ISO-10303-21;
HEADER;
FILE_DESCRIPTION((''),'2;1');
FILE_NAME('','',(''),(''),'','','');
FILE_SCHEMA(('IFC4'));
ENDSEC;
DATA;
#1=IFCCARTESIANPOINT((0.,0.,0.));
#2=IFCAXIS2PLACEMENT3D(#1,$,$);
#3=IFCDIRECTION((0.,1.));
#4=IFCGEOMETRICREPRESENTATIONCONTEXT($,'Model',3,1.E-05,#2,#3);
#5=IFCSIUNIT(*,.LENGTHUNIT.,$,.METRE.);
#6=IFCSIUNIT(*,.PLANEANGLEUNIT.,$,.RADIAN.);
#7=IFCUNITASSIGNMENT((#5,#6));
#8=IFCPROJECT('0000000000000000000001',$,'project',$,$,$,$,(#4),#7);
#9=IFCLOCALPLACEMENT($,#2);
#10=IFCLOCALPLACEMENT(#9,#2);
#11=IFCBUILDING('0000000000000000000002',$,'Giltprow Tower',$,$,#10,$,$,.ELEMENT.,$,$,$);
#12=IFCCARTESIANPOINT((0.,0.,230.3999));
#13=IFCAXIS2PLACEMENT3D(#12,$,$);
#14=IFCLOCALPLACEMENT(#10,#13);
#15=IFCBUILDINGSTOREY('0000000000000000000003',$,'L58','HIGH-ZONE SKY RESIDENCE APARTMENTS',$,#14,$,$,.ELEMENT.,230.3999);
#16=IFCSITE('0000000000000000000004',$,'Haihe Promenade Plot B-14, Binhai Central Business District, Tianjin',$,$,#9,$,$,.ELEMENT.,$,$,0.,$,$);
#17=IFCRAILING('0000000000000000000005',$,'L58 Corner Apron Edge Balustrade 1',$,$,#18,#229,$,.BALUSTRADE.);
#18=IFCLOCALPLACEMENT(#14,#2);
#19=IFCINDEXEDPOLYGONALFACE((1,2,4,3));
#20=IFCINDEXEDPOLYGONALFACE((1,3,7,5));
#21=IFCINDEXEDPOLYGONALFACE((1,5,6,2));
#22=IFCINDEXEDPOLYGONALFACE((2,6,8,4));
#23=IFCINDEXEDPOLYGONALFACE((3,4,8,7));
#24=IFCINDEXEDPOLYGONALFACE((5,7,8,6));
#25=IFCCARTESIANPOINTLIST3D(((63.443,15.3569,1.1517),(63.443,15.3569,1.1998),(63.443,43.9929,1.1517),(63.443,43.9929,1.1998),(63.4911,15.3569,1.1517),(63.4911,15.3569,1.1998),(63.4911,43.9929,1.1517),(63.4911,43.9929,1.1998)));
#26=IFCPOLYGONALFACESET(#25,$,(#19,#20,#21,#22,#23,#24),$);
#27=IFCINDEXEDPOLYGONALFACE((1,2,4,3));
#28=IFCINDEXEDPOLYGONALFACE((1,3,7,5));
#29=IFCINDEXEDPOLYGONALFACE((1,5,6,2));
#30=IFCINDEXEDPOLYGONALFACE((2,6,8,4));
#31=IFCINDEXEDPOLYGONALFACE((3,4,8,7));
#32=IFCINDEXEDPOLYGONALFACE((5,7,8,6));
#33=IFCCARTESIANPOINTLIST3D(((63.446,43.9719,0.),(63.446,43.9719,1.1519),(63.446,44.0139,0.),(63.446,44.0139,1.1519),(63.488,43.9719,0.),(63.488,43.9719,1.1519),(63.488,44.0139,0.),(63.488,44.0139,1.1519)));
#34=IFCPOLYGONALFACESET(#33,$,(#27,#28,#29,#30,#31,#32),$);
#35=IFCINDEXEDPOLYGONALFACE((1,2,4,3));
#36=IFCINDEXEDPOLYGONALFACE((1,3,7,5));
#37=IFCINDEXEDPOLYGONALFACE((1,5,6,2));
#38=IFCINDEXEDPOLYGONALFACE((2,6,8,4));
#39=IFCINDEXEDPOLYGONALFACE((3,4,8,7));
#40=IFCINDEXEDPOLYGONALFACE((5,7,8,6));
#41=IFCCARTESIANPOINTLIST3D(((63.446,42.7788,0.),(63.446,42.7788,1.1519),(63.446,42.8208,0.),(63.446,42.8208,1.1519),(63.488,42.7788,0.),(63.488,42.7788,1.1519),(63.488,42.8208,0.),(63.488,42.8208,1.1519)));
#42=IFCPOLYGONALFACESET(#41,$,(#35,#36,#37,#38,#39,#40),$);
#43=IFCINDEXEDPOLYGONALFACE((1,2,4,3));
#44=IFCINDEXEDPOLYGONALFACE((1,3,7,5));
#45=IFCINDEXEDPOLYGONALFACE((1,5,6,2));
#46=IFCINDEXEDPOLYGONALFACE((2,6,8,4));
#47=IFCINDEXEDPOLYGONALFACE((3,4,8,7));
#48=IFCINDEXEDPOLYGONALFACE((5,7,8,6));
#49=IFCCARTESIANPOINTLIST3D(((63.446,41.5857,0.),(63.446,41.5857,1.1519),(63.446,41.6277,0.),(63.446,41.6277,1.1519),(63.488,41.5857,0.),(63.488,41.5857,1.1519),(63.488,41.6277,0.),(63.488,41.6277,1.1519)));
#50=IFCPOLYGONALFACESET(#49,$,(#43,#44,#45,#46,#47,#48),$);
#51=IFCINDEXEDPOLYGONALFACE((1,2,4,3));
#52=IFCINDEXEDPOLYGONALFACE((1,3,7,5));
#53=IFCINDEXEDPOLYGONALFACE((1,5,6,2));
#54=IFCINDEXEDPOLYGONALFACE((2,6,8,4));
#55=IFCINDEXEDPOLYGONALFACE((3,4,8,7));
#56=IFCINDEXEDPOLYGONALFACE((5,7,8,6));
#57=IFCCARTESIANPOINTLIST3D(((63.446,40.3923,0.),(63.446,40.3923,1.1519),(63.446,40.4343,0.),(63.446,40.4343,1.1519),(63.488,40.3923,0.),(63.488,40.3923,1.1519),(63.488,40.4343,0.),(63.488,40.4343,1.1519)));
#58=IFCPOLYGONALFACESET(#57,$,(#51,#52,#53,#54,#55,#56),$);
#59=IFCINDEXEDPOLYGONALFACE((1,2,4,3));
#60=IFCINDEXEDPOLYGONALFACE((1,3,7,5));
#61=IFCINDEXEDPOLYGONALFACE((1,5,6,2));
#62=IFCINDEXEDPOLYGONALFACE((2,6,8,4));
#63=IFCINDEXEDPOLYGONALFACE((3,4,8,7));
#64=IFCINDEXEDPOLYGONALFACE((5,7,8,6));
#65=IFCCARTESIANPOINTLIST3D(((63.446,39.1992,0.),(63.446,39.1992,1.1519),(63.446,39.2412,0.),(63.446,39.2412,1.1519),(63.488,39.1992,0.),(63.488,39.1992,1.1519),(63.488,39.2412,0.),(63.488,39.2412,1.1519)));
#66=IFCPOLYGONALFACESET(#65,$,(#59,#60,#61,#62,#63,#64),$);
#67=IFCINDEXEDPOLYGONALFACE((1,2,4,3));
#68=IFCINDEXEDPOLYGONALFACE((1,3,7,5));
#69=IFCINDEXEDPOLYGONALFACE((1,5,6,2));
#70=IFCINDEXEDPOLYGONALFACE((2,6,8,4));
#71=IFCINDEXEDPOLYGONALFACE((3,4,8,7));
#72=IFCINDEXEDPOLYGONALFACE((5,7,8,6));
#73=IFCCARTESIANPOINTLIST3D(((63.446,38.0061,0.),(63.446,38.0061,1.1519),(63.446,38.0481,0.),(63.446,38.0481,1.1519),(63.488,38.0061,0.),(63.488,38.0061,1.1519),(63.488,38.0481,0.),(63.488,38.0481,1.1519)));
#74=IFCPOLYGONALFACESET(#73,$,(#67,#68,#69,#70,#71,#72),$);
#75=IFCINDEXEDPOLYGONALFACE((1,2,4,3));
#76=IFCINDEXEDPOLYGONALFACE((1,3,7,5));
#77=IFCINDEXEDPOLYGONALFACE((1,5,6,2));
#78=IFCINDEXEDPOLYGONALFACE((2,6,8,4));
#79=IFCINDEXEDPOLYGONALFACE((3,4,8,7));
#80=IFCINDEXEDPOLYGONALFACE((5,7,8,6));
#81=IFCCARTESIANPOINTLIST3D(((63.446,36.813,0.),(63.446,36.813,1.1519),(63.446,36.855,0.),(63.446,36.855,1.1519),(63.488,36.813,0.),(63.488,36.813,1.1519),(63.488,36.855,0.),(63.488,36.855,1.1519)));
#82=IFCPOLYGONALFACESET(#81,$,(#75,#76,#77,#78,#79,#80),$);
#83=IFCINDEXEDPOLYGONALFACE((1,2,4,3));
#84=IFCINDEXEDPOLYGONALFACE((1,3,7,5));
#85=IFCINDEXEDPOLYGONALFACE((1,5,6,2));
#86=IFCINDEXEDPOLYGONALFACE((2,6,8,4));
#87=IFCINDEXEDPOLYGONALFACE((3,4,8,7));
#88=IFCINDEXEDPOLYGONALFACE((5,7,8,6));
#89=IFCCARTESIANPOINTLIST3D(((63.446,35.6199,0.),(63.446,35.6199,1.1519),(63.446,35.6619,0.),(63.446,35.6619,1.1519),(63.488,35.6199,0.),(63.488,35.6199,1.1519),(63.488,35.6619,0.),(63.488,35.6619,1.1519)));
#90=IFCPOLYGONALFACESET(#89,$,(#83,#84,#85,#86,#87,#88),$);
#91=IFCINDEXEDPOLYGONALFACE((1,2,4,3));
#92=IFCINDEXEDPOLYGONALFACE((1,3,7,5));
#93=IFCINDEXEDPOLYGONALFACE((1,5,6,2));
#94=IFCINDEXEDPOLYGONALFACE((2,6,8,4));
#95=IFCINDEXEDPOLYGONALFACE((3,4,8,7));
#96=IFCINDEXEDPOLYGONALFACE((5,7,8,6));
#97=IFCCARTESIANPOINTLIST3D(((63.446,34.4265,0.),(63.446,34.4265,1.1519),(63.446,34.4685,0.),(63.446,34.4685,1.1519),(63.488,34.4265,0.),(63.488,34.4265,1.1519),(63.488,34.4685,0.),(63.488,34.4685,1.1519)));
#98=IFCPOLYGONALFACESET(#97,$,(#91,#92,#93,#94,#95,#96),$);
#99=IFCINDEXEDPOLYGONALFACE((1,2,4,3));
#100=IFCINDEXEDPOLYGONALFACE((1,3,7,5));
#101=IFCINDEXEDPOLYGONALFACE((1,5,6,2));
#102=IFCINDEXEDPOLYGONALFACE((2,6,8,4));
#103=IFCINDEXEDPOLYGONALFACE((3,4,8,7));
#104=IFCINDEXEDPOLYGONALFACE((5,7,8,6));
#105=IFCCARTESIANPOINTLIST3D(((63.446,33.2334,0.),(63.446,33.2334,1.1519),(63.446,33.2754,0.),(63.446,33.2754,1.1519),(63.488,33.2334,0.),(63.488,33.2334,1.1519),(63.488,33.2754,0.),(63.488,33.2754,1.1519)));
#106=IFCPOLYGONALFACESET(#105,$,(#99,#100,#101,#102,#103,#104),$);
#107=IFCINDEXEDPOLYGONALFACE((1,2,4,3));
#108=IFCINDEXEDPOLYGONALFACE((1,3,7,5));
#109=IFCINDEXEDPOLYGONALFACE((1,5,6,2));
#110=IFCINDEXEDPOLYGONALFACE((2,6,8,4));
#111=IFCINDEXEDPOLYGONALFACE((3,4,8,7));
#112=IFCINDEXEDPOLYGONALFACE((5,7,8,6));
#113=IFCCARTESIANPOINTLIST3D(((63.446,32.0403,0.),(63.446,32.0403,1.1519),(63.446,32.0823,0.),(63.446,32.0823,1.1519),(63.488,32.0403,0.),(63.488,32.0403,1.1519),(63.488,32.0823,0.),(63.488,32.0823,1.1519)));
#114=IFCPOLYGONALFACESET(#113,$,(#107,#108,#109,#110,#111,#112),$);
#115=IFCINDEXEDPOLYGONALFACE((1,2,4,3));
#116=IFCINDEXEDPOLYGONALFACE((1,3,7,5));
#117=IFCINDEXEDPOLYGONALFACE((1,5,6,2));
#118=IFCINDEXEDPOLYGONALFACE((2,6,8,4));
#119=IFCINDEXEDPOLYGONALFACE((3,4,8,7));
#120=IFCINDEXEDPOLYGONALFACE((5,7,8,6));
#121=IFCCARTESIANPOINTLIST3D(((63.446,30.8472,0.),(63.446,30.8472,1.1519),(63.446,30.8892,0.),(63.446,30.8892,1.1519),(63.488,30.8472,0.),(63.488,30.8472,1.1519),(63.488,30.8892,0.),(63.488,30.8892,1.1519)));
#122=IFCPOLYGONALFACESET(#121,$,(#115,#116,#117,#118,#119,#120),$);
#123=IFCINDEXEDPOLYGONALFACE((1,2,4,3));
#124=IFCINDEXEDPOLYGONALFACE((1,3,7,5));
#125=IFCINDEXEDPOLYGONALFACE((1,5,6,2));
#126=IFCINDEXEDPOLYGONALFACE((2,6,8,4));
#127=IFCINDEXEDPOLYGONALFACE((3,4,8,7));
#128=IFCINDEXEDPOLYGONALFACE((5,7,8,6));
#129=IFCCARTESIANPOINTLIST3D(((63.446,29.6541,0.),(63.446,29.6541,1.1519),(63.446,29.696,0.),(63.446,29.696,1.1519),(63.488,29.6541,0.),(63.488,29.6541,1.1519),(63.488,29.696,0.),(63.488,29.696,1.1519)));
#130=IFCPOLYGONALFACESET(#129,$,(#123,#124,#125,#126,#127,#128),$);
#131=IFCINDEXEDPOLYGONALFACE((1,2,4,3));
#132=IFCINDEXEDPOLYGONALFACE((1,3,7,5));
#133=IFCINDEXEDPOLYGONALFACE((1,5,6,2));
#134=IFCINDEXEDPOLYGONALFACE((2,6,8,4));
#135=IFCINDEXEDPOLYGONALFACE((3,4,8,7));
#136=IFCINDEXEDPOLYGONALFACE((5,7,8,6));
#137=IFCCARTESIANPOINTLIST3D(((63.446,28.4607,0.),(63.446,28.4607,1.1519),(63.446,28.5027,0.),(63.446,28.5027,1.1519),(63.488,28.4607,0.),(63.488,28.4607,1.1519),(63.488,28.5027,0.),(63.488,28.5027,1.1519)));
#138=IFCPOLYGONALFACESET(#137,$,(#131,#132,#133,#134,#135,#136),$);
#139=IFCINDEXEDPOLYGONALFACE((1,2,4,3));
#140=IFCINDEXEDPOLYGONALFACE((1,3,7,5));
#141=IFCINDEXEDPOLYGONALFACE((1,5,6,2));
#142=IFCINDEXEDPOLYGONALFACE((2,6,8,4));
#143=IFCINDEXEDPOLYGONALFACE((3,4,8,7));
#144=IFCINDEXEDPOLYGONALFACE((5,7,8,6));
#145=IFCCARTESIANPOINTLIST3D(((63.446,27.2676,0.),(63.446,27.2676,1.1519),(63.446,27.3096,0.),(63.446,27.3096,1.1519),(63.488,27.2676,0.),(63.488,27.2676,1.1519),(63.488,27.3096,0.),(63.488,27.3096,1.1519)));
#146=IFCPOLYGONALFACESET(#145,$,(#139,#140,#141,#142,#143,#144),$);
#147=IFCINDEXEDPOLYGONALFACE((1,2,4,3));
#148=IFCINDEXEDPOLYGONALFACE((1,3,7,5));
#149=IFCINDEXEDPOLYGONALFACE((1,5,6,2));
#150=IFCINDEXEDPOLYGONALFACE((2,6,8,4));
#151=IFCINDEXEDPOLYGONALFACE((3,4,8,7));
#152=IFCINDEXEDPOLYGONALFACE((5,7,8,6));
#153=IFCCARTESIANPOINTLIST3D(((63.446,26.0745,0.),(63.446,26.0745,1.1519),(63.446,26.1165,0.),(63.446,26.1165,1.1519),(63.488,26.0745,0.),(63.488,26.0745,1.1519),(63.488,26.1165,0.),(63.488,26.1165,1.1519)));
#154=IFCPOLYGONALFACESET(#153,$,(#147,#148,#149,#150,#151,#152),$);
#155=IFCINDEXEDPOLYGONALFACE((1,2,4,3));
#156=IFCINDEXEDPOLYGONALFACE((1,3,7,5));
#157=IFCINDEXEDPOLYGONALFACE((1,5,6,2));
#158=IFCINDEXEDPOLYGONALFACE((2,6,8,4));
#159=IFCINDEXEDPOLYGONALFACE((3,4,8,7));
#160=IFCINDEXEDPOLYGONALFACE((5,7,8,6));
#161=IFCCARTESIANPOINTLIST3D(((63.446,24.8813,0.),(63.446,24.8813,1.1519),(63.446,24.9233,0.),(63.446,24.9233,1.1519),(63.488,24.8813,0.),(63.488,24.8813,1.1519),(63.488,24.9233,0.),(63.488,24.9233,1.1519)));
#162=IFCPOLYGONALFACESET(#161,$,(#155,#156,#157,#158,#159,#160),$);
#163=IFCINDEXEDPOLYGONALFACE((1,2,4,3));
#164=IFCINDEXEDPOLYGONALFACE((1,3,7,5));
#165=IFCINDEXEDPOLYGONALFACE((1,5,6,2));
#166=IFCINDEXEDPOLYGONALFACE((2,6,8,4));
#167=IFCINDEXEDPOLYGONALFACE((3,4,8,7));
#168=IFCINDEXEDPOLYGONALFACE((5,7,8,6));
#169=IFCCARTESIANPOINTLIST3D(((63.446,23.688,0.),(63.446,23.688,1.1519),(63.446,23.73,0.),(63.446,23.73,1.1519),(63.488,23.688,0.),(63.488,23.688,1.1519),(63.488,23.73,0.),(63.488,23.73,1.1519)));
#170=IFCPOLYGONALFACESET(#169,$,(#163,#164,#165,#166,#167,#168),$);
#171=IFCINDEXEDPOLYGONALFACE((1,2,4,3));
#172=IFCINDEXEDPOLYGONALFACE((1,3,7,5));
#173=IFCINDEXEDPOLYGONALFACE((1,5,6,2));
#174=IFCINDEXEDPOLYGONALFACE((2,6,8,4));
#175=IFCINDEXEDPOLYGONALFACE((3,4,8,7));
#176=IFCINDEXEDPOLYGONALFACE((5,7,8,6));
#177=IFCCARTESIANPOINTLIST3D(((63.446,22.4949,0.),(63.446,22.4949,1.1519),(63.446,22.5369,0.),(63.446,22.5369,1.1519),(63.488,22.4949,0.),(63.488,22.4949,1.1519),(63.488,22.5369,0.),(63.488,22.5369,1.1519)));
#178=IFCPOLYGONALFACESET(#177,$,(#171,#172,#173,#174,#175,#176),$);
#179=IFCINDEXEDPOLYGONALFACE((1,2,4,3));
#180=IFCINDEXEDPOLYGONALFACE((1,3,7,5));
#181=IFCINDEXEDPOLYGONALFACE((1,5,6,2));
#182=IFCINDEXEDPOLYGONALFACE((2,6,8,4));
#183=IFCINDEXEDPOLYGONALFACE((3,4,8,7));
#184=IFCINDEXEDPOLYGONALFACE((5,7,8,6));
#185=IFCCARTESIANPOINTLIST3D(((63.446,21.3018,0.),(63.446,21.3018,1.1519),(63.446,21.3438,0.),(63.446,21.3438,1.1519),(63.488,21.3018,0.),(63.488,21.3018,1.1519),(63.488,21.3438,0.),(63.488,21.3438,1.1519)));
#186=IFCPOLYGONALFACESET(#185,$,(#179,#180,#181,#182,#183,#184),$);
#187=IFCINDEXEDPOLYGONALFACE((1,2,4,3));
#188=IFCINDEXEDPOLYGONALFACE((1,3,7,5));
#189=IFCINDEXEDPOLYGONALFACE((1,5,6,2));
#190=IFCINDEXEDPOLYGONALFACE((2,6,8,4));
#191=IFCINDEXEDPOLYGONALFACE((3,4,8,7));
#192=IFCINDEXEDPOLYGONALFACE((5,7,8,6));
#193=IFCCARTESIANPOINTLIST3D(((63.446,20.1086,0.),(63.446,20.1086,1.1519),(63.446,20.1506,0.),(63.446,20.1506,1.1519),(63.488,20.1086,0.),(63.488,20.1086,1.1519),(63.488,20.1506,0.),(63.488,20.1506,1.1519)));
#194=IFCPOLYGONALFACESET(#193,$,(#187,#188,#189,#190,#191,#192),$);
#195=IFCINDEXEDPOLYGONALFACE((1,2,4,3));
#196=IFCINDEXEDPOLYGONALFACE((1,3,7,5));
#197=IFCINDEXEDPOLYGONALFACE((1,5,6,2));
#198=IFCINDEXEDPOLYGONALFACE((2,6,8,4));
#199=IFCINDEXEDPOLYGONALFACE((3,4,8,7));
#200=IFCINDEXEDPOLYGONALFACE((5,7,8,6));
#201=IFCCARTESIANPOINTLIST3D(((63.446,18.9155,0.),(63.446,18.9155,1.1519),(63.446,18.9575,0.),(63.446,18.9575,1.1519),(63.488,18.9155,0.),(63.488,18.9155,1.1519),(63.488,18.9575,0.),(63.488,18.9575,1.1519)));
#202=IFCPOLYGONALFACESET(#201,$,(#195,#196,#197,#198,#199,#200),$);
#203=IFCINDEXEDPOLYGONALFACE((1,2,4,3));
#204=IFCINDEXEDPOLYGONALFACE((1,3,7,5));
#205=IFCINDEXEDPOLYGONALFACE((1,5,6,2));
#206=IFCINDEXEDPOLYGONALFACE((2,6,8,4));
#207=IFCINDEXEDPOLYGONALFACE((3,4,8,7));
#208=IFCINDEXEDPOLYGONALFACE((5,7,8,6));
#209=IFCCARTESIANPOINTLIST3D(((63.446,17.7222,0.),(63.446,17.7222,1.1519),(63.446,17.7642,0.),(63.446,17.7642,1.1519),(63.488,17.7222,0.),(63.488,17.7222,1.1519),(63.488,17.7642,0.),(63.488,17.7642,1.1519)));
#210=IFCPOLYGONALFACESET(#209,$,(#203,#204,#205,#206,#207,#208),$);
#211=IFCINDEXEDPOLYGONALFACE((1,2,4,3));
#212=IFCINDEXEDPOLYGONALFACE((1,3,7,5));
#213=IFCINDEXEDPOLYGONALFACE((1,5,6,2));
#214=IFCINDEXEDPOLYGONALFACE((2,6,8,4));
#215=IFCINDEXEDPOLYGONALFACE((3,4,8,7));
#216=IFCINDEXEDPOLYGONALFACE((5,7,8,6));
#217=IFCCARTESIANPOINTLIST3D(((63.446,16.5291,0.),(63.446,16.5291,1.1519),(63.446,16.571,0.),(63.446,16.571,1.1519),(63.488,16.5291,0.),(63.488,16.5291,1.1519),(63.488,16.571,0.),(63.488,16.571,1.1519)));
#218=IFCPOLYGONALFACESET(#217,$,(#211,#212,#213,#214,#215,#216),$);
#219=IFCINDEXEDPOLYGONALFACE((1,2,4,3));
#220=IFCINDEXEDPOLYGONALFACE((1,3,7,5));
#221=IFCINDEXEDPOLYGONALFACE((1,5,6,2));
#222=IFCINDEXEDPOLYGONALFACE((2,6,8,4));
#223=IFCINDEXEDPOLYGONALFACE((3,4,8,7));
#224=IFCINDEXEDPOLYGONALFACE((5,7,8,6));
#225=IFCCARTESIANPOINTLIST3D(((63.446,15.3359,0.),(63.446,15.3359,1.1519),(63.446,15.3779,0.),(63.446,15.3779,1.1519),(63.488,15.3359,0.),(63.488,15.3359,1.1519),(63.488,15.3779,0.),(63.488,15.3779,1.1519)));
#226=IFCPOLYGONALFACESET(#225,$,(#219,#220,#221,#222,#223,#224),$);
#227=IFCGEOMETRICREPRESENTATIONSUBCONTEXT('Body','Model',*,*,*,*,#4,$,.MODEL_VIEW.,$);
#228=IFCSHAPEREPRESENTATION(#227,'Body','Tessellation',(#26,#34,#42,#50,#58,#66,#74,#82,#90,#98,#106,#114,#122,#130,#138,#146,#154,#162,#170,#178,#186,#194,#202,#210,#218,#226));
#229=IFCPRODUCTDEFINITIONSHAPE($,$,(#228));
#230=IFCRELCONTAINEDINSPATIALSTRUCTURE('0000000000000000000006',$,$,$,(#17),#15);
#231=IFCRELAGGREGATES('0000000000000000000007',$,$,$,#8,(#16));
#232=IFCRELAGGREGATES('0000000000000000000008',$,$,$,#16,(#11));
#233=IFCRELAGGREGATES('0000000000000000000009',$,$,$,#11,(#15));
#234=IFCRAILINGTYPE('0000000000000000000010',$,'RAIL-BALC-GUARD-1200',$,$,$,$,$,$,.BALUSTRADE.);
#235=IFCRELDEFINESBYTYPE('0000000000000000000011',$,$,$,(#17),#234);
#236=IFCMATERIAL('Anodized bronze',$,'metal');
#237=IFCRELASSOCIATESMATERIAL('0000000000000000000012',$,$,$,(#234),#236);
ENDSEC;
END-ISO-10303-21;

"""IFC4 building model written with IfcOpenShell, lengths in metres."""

from ifc_helpers import new_model, si_unit, direction, frame, origin, origin_2d, place, context, subcontext, project, spatial, rectangle, extrude, material, type_object, element, save


model = new_model("IFC4")

# Units and contexts
model_context = context("Model", 3, precision=1e-05, world=origin(), true_north=direction((0.0, 1.0)))
body_context = subcontext(model_context, "Body", "Model", "MODEL_VIEW")
ifc_project = project(units=[si_unit("LENGTHUNIT", "METRE"), si_unit("PLANEANGLEUNIT", "RADIAN")], contexts=[model_context])

# Site, building, storey
site_placement = place(None, origin())
site = spatial("IfcSite", under=ifc_project, at=site_placement, Name="Haihe Promenade Plot B-14, Binhai Central Business District, Tianjin", CompositionType="ELEMENT", RefElevation=0.0)
building_placement = place(site_placement, origin())
building = spatial("IfcBuilding", under=site, at=building_placement, Name="Giltprow Tower", CompositionType="ELEMENT")
storey_placement = place(building_placement, frame((0.0, 0.0, 230.3999)))
storey = spatial("IfcBuildingStorey", under=building, at=storey_placement, Name="L58", Description="HIGH-ZONE SKY RESIDENCE APARTMENTS", CompositionType="ELEMENT", Elevation=230.3999)

# Railing
ifc_material_1 = material(Name="Anodized bronze", Category="metal")
railing_type_1 = type_object("IfcRailingType", Name="RAIL-BALC-GUARD-1200", PredefinedType="BALUSTRADE", material=ifc_material_1)
railing_1_placement = place(storey_placement, frame((63.467, 43.9929, 0.0)))
element("IfcRailing", 1, at=railing_1_placement, inside=storey, type_object=railing_type_1, Name="L58 Corner Apron Edge Balustrade 1", PredefinedType="BALUSTRADE", context=body_context, shape_type="SweptSolid", body=[
    extrude(rectangle(XDim=0.0481, YDim=0.0481, at=origin_2d()), frame((0.0, 0.0, 1.1758), z_axis=(0.0, -1.0, 0.0), x_axis=(1.0, 0.0, 0.0)), (0.0, 0.0, 1.0), 28.636),
    extrude(rectangle(XDim=0.042, YDim=0.042, at=origin_2d()), origin(), (0.0, 0.0, 1.0), 1.1519),
    extrude(rectangle(XDim=0.042, YDim=0.042, at=origin_2d()), frame((0.0, -1.1931, 0.0)), (0.0, 0.0, 1.0), 1.1519),
    extrude(rectangle(XDim=0.042, YDim=0.042, at=origin_2d()), frame((0.0, -2.3862, 0.0)), (0.0, 0.0, 1.0), 1.1519),
    extrude(rectangle(XDim=0.042, YDim=0.042, at=origin_2d()), frame((0.0, -3.5796, 0.0)), (0.0, 0.0, 1.0), 1.1519),
    extrude(rectangle(XDim=0.042, YDim=0.042, at=origin_2d()), frame((0.0, -4.7727, 0.0)), (0.0, 0.0, 1.0), 1.1519),
    extrude(rectangle(XDim=0.042, YDim=0.042, at=origin_2d()), frame((0.0, -5.9658, 0.0)), (0.0, 0.0, 1.0), 1.1519),
    extrude(rectangle(XDim=0.042, YDim=0.042, at=origin_2d()), frame((0.0, -7.1589, 0.0)), (0.0, 0.0, 1.0), 1.1519),
    extrude(rectangle(XDim=0.042, YDim=0.042, at=origin_2d()), frame((0.0, -8.3521, 0.0)), (0.0, 0.0, 1.0), 1.1519),
    extrude(rectangle(XDim=0.042, YDim=0.042, at=origin_2d()), frame((0.0, -9.5454, 0.0)), (0.0, 0.0, 1.0), 1.1519),
    extrude(rectangle(XDim=0.042, YDim=0.042, at=origin_2d()), frame((0.0, -10.7385, 0.0)), (0.0, 0.0, 1.0), 1.1519),
    extrude(rectangle(XDim=0.042, YDim=0.042, at=origin_2d()), frame((0.0, -11.9316, 0.0)), (0.0, 0.0, 1.0), 1.1519),
    extrude(rectangle(XDim=0.042, YDim=0.042, at=origin_2d()), frame((0.0, -13.1248, 0.0)), (0.0, 0.0, 1.0), 1.1519),
    extrude(rectangle(XDim=0.042, YDim=0.042, at=origin_2d()), frame((0.0, -14.3179, 0.0)), (0.0, 0.0, 1.0), 1.1519),
    extrude(rectangle(XDim=0.042, YDim=0.042, at=origin_2d()), frame((0.0, -15.5112, 0.0)), (0.0, 0.0, 1.0), 1.1519),
    extrude(rectangle(XDim=0.042, YDim=0.042, at=origin_2d()), frame((0.0, -16.7043, 0.0)), (0.0, 0.0, 1.0), 1.1519),
    extrude(rectangle(XDim=0.042, YDim=0.042, at=origin_2d()), frame((0.0, -17.8975, 0.0)), (0.0, 0.0, 1.0), 1.1519),
    extrude(rectangle(XDim=0.042, YDim=0.042, at=origin_2d()), frame((0.0, -19.0906, 0.0)), (0.0, 0.0, 1.0), 1.1519),
    extrude(rectangle(XDim=0.042, YDim=0.042, at=origin_2d()), frame((0.0, -20.2839, 0.0)), (0.0, 0.0, 1.0), 1.1519),
    extrude(rectangle(XDim=0.042, YDim=0.042, at=origin_2d()), frame((0.0, -21.4771, 0.0)), (0.0, 0.0, 1.0), 1.1519),
    extrude(rectangle(XDim=0.042, YDim=0.042, at=origin_2d()), frame((0.0, -22.6702, 0.0)), (0.0, 0.0, 1.0), 1.1519),
    extrude(rectangle(XDim=0.042, YDim=0.042, at=origin_2d()), frame((0.0, -23.8633, 0.0)), (0.0, 0.0, 1.0), 1.1519),
    extrude(rectangle(XDim=0.042, YDim=0.042, at=origin_2d()), frame((0.0, -25.0564, 0.0)), (0.0, 0.0, 1.0), 1.1519),
    extrude(rectangle(XDim=0.042, YDim=0.042, at=origin_2d()), frame((0.0, -26.2498, 0.0)), (0.0, 0.0, 1.0), 1.1519),
    extrude(rectangle(XDim=0.042, YDim=0.042, at=origin_2d()), frame((0.0, -27.4429, 0.0)), (0.0, 0.0, 1.0), 1.1519),
    extrude(rectangle(XDim=0.042, YDim=0.042, at=origin_2d()), frame((0.0, -28.636, 0.0)), (0.0, 0.0, 1.0), 1.1519),
])

save(model, "model.ifc")
